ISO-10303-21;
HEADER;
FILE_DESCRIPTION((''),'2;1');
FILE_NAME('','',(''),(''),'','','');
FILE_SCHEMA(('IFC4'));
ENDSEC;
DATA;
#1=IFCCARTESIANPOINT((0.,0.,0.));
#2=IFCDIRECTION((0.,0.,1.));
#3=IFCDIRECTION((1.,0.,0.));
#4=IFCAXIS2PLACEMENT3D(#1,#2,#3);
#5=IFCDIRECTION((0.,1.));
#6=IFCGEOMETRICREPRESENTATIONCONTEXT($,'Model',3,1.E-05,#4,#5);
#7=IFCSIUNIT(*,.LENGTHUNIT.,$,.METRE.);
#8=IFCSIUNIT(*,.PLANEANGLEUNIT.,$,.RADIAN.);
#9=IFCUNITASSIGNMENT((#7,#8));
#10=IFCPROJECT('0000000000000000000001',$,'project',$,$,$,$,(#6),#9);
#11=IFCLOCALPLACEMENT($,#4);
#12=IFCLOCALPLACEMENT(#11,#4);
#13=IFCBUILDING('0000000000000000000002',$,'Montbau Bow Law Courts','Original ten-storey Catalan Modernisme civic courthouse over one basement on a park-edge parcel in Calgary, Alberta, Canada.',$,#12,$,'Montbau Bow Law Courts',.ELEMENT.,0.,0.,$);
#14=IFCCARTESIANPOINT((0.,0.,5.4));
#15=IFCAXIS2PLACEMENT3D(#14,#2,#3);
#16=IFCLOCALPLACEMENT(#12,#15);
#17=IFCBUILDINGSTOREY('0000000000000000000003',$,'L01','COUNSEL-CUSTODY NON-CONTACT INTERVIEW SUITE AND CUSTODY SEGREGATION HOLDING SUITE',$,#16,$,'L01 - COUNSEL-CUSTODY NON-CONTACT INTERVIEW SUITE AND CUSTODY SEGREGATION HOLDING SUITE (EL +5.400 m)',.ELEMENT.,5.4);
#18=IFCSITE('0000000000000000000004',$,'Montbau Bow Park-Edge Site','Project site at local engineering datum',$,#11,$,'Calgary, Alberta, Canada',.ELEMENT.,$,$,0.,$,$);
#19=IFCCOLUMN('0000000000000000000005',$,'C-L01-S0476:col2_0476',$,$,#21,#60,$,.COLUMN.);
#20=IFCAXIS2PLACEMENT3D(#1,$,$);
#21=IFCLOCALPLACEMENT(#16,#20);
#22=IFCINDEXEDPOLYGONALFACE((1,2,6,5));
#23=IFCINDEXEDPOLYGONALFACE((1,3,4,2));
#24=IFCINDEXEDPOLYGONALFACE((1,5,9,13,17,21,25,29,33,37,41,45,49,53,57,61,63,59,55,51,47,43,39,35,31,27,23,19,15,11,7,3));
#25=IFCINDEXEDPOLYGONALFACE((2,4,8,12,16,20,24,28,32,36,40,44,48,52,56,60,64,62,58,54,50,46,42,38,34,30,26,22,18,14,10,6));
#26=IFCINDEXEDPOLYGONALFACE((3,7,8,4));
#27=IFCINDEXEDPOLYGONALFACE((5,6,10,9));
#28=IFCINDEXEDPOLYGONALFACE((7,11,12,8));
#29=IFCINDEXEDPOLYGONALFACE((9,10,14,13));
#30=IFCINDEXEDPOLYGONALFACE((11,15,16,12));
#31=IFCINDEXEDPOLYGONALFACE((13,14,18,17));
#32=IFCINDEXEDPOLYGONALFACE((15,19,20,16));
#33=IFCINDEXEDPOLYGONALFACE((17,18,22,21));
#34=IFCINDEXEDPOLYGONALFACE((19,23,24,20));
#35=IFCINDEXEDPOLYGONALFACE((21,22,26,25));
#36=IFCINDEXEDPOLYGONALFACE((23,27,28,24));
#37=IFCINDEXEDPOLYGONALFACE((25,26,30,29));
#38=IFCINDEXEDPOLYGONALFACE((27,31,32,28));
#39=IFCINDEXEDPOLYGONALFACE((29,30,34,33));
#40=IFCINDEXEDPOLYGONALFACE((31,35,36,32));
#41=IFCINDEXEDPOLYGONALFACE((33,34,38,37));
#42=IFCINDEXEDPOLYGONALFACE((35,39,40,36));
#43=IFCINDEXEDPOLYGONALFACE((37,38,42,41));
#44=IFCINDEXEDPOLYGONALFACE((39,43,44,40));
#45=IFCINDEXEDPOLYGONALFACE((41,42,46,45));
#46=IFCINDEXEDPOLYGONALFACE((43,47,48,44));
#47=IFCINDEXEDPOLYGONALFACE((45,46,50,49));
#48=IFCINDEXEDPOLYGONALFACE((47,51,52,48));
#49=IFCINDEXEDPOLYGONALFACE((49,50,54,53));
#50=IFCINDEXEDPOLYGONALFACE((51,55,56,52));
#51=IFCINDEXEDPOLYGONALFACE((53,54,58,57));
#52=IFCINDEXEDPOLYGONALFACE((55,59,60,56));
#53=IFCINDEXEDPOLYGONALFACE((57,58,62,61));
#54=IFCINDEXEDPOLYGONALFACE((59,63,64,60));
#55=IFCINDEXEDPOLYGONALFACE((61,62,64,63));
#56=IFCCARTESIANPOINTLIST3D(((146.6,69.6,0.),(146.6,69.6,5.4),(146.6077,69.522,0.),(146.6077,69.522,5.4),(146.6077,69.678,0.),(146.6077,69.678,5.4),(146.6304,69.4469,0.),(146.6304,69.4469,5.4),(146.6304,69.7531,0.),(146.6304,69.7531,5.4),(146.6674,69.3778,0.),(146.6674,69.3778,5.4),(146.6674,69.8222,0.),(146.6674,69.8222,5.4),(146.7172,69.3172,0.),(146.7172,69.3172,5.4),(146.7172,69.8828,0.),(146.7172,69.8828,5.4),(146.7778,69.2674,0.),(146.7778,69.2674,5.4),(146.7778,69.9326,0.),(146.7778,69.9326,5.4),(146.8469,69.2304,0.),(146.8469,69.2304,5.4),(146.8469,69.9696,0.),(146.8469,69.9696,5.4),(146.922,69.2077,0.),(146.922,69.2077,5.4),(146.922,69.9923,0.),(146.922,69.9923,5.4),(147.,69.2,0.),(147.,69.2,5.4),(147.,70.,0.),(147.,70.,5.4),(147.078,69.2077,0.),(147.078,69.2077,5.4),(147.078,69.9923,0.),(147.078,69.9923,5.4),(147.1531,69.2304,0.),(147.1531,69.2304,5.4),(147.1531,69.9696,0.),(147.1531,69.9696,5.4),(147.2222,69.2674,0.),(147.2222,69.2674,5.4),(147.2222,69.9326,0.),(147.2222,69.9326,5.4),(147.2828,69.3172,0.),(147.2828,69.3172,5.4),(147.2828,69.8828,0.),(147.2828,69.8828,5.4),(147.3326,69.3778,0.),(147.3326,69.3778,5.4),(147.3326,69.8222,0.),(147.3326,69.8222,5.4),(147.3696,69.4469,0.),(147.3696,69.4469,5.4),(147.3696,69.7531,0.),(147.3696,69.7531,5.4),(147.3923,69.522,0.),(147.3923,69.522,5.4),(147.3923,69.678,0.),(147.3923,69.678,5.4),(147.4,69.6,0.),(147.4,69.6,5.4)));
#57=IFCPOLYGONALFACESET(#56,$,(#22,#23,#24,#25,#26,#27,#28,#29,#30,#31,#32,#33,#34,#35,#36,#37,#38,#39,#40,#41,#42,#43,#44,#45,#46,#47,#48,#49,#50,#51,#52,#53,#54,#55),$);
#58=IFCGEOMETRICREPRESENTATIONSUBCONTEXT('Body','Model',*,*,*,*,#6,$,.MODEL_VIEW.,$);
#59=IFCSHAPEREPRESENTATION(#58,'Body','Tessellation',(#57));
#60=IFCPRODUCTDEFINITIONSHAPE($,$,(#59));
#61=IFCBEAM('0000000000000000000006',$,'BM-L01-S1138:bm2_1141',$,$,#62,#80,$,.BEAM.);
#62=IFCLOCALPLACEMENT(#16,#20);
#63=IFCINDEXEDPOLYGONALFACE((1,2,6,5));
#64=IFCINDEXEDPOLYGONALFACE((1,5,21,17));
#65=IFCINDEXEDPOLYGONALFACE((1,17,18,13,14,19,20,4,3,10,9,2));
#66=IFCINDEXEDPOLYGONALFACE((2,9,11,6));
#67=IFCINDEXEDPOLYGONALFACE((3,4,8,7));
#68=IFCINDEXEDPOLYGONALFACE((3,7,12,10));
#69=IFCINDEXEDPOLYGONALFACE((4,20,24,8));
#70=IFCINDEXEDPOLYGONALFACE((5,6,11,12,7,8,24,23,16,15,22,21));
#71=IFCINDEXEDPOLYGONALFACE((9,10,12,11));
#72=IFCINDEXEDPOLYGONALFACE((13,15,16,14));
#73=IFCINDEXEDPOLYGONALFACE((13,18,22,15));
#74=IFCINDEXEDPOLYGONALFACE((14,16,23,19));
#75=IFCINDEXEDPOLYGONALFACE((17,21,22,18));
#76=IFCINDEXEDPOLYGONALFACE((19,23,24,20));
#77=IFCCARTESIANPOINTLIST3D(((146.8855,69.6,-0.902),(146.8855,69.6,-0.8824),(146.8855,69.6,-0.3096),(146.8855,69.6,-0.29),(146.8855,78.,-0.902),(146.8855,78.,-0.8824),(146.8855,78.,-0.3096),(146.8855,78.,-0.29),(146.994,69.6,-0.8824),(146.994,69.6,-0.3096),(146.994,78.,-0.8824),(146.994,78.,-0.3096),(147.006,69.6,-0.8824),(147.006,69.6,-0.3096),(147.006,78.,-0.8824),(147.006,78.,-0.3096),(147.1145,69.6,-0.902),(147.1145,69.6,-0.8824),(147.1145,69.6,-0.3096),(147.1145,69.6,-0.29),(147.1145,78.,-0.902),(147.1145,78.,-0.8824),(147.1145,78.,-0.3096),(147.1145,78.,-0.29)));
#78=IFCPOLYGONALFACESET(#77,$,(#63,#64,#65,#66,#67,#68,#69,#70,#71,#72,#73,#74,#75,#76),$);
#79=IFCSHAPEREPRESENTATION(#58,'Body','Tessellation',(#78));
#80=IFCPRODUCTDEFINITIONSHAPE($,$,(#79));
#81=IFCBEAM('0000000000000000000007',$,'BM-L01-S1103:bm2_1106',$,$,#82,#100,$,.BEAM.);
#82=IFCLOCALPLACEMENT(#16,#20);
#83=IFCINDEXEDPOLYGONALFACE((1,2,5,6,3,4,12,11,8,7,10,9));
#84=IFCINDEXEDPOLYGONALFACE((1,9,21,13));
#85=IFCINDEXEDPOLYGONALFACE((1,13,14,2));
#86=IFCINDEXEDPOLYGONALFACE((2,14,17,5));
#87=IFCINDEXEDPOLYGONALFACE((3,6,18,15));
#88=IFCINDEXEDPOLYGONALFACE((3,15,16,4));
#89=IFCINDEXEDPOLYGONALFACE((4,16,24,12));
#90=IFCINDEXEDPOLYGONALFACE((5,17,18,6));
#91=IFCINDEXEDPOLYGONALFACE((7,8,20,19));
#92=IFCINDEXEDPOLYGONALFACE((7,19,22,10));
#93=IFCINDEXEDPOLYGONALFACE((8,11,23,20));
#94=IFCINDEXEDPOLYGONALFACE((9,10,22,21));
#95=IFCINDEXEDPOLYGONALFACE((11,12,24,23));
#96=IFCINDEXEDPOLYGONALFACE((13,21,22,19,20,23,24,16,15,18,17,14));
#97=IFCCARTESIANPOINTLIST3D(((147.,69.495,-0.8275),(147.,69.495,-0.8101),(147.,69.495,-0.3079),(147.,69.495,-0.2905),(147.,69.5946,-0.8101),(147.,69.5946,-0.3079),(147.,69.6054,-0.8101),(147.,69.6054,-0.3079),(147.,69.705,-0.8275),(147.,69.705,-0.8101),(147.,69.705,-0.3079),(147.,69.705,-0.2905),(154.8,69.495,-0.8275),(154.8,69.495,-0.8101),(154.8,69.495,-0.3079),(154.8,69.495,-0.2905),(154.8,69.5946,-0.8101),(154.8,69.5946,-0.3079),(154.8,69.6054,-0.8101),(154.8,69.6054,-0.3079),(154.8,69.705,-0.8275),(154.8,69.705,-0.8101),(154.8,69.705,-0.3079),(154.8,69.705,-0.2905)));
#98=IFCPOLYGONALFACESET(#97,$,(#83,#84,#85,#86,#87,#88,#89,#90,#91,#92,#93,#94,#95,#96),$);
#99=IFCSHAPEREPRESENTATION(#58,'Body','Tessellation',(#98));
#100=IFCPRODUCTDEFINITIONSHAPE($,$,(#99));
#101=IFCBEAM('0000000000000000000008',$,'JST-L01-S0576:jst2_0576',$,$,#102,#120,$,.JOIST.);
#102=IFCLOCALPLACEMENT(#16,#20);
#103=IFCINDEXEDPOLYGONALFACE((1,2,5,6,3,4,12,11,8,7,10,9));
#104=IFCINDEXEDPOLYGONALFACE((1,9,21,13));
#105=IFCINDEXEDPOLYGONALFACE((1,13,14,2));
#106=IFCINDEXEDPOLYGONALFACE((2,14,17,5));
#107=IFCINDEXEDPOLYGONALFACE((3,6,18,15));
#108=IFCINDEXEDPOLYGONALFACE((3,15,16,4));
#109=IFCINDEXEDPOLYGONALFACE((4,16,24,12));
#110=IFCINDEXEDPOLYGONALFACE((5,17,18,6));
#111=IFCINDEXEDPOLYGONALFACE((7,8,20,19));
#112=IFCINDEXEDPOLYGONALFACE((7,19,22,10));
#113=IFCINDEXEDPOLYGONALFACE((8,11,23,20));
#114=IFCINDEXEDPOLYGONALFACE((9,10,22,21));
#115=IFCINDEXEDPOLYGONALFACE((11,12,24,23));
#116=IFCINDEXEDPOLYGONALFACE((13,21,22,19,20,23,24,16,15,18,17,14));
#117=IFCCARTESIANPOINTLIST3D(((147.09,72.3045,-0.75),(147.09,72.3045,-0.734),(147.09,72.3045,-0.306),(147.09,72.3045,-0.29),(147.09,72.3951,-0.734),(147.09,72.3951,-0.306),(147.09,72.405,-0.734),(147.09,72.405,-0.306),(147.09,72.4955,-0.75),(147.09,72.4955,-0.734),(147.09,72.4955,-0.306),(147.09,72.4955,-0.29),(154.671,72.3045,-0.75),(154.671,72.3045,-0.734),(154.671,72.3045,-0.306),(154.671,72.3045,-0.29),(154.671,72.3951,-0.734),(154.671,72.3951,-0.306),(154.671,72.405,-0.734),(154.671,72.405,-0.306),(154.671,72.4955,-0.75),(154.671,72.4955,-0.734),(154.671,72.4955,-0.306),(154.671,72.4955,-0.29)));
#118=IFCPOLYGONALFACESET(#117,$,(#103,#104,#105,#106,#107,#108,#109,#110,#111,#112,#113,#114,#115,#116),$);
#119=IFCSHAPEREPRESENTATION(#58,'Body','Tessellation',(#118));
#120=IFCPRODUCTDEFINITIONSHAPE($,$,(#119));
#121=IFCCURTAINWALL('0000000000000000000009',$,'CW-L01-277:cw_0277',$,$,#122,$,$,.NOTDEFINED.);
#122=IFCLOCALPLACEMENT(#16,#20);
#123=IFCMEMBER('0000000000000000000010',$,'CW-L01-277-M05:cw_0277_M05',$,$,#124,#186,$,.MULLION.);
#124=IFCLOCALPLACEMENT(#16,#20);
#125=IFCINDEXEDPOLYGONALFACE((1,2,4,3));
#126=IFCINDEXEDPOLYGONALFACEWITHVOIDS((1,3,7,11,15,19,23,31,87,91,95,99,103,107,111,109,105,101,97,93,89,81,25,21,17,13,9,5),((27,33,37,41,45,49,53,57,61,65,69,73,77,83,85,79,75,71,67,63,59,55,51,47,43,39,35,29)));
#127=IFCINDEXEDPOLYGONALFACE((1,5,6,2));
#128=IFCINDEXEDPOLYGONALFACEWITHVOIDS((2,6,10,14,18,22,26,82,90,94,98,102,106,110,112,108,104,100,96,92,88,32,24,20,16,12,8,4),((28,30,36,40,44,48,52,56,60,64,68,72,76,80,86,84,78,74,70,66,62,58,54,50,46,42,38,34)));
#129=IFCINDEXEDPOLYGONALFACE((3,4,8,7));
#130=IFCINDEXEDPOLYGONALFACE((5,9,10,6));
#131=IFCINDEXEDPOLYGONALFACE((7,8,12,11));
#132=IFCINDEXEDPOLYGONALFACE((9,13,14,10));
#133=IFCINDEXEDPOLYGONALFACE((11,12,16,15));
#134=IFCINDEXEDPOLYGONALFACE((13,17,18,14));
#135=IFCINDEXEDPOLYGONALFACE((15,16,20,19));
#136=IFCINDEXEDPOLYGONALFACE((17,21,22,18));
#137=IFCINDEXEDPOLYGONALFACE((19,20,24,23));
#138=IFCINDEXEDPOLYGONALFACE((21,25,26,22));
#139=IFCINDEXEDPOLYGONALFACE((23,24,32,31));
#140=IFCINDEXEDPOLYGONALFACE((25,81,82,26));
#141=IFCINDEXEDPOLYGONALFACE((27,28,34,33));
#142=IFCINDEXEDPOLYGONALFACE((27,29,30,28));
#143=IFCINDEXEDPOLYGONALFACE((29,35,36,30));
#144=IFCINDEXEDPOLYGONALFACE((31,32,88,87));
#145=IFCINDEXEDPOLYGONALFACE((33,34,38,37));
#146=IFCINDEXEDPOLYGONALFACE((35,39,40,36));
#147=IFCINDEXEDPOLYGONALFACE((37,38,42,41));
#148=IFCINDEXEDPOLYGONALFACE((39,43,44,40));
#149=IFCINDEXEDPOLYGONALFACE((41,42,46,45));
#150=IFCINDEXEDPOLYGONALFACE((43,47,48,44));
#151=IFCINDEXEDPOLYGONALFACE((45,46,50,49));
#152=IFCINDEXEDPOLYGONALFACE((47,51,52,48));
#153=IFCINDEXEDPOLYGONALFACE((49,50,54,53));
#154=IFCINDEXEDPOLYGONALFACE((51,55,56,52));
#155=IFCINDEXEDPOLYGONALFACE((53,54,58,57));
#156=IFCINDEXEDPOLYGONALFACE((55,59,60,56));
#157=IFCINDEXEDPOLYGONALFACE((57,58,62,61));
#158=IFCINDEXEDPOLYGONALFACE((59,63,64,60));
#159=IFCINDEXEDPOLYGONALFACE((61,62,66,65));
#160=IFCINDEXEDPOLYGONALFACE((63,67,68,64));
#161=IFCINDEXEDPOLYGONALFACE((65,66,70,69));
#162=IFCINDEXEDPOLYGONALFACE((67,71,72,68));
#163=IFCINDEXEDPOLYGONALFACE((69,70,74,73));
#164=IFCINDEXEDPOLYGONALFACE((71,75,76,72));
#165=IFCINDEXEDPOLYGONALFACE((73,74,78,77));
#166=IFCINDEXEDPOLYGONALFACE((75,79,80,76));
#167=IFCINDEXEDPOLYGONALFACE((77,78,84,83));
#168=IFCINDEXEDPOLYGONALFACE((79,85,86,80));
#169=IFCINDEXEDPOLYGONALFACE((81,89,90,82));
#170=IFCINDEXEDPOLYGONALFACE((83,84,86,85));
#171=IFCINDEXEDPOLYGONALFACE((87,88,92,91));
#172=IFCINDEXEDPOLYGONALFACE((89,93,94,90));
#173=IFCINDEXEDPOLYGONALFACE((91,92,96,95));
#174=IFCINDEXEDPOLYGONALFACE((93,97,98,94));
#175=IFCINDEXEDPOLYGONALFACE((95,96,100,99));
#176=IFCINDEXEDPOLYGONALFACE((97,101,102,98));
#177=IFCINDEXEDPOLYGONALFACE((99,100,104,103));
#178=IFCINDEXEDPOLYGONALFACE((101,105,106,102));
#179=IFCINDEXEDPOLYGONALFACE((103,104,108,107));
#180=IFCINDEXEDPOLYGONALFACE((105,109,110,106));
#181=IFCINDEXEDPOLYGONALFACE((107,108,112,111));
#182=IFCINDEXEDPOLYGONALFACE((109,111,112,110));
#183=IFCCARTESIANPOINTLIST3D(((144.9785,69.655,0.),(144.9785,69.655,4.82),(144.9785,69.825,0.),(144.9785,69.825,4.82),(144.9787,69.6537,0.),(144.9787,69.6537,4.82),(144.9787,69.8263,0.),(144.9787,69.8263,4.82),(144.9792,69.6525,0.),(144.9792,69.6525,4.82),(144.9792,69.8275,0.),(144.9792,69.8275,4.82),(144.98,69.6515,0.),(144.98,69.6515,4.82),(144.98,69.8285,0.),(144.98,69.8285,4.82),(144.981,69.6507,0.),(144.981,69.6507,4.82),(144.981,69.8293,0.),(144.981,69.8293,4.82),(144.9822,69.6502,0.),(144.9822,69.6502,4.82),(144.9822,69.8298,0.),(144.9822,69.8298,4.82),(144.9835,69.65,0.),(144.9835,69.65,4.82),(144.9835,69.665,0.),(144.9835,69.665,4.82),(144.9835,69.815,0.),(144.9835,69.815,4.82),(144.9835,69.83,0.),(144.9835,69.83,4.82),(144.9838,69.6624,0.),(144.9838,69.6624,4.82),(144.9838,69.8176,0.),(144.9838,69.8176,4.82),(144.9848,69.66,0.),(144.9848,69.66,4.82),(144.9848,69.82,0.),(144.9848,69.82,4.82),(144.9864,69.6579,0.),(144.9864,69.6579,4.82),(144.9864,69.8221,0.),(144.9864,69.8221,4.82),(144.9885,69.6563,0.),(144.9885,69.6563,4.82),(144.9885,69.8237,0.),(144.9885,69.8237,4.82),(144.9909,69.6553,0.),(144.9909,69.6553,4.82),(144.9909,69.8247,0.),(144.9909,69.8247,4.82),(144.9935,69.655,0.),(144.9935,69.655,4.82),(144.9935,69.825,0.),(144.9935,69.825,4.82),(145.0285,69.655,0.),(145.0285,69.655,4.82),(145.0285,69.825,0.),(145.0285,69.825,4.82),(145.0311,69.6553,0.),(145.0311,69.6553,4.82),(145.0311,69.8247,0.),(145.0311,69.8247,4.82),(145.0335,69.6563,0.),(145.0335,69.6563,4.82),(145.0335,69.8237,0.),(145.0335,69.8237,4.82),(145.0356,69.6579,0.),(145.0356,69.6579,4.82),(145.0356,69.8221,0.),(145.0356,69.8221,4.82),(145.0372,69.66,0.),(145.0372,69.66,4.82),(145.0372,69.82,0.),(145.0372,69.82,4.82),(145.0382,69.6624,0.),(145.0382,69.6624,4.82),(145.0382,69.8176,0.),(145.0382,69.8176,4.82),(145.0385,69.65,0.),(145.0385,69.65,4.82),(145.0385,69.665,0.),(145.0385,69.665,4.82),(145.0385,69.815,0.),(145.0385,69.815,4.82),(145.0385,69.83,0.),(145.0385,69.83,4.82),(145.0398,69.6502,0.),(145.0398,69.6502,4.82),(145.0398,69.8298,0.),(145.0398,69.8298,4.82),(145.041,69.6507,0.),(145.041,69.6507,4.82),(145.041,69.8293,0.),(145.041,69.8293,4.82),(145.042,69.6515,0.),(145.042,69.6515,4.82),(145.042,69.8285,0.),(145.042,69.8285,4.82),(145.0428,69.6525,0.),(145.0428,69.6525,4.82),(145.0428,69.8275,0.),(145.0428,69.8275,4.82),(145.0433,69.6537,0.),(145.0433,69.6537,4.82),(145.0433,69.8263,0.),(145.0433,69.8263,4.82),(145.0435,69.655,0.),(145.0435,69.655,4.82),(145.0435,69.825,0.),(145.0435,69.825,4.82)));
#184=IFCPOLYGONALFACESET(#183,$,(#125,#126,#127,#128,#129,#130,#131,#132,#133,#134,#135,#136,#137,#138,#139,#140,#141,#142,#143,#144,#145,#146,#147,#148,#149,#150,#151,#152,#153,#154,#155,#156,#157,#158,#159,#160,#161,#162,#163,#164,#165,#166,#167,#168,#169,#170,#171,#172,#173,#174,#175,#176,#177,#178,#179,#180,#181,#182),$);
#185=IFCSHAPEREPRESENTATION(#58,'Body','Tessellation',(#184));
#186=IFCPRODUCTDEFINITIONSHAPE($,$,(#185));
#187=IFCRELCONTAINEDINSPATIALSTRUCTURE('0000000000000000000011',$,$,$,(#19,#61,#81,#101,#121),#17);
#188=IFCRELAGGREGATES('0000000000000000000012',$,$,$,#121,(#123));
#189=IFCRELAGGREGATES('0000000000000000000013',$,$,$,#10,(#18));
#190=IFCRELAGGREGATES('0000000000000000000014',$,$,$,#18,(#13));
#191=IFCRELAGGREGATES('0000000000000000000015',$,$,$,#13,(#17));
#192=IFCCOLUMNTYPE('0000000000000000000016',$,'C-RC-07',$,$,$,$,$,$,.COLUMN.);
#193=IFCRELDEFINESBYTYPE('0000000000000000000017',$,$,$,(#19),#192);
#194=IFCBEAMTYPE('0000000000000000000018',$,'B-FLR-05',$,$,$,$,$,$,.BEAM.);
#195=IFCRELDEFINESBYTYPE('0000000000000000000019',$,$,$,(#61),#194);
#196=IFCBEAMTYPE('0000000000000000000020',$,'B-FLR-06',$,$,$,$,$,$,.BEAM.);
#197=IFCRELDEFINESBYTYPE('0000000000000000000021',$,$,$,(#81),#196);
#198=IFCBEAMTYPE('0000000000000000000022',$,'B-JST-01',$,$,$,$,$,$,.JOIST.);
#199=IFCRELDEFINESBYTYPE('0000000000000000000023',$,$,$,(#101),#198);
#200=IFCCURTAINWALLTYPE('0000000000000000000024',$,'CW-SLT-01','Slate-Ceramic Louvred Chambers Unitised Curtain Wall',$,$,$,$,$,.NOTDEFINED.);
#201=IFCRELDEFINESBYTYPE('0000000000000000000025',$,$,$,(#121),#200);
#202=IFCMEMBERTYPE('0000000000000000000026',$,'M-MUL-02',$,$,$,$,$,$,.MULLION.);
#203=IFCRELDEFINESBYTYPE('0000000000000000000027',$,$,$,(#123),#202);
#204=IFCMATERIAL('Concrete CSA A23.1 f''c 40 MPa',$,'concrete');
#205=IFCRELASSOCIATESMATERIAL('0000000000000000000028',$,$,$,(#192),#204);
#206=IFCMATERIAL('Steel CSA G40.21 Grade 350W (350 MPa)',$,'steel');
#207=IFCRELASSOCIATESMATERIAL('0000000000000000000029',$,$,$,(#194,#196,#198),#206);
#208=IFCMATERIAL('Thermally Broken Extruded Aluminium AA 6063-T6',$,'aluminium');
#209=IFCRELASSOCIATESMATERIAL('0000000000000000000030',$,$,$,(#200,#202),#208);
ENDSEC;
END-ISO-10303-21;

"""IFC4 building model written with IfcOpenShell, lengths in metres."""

from ifc_helpers import new_model, si_unit, direction, frame, origin_with_axes, origin_2d_with_axis, place, context, subcontext, project, spatial, hollow_rectangle, circle, i_section, extrude, material, material_profile, profile_set, type_object, element, aggregate, save


model = new_model("IFC4")

# Units and contexts
model_context = context("Model", 3, precision=1e-05, world=origin_with_axes(), true_north=direction((0.0, 1.0)))
body_context = subcontext(model_context, "Body", "Model", "MODEL_VIEW")
ifc_project = project(units=[si_unit("LENGTHUNIT", "METRE"), si_unit("PLANEANGLEUNIT", "RADIAN")], contexts=[model_context])

# Site, building, storey
site_placement = place(None, origin_with_axes())
site = spatial("IfcSite", under=ifc_project, at=site_placement, Name="Montbau Bow Park-Edge Site", Description="Project site at local engineering datum", LongName="Calgary, Alberta, Canada", CompositionType="ELEMENT", RefElevation=0.0)
building_placement = place(site_placement, origin_with_axes())
building = spatial("IfcBuilding", under=site, at=building_placement, Name="Montbau Bow Law Courts", Description="Original ten-storey Catalan Modernisme civic courthouse over one basement on a park-edge parcel in Calgary, Alberta, Canada.", LongName="Montbau Bow Law Courts", CompositionType="ELEMENT", ElevationOfRefHeight=0.0, ElevationOfTerrain=0.0)
storey_placement = place(building_placement, frame((0.0, 0.0, 5.4), z_axis=(0.0, 0.0, 1.0), x_axis=(1.0, 0.0, 0.0)))
storey = spatial("IfcBuildingStorey", under=building, at=storey_placement, Name="L01", Description="COUNSEL-CUSTODY NON-CONTACT INTERVIEW SUITE AND CUSTODY SEGREGATION HOLDING SUITE", LongName="L01 - COUNSEL-CUSTODY NON-CONTACT INTERVIEW SUITE AND CUSTODY SEGREGATION HOLDING SUITE (EL +5.400 m)", CompositionType="ELEMENT", Elevation=5.4)

# Column
ifc_material_1 = material(Name="Concrete CSA A23.1 f'c 40 MPa", Category="concrete")
ifc_material_profile_1 = material_profile(ifc_material_1, circle(Radius=0.4, at=origin_2d_with_axis()), Name="RC800D", Category="Main", Priority=0)
ifc_profile_set_1 = profile_set([ifc_material_profile_1], Name="Concrete CSA A23.1 f'c 40 MPa")
column_type = type_object("IfcColumnType", Name="C-RC-07", PredefinedType="COLUMN", material=ifc_profile_set_1)
column_placement = place(None, frame((147.0, 69.6, 5.4), z_axis=(0.0, 0.0, 1.0), x_axis=(1.0, 0.0, 0.0)))
element("IfcColumn", 1, at=column_placement, inside=storey, type_object=column_type, Name="C-L01-S0476:col2_0476", PredefinedType="COLUMN", context=body_context, shape_type="SweptSolid", body=[
    extrude(circle(Radius=0.4, at=origin_2d_with_axis()), origin_with_axes(), (0.0, 0.0, 1.0), 5.4),
])

# Beams
ifc_material_2 = material(Name="Steel CSA G40.21 Grade 350W (350 MPa)", Category="steel")
ifc_material_profile_2 = material_profile(ifc_material_2, i_section(OverallWidth=0.229, OverallDepth=0.612, WebThickness=0.0119, FlangeThickness=0.0196, at=origin_2d_with_axis()), Name="W610X125", Category="Main", Priority=0)
ifc_profile_set_2 = profile_set([ifc_material_profile_2], Name="Steel CSA G40.21 Grade 350W (350 MPa)")
beam_type_1 = type_object("IfcBeamType", Name="B-FLR-05", PredefinedType="BEAM", material=ifc_profile_set_2)
beam_1_placement = place(None, frame((147.0, 69.6, 4.804), z_axis=(0.0, 1.0, 0.0), x_axis=(-1.0, 0.0, 0.0)))
element("IfcBeam", 2, at=beam_1_placement, inside=storey, type_object=beam_type_1, Name="BM-L01-S1138:bm2_1141", PredefinedType="BEAM", context=body_context, shape_type="SweptSolid", body=[
    extrude(i_section(OverallWidth=0.229, OverallDepth=0.612, WebThickness=0.0119, FlangeThickness=0.0196, at=origin_2d_with_axis()), origin_with_axes(), (0.0, 0.0, 1.0), 8.4),
])
ifc_material_profile_3 = material_profile(ifc_material_2, i_section(OverallWidth=0.21, OverallDepth=0.537, WebThickness=0.0109, FlangeThickness=0.0174, at=origin_2d_with_axis()), Name="W530X101", Category="Main", Priority=0)
ifc_profile_set_3 = profile_set([ifc_material_profile_3], Name="Steel CSA G40.21 Grade 350W (350 MPa)")
beam_type_2 = type_object("IfcBeamType", Name="B-FLR-06", PredefinedType="BEAM", material=ifc_profile_set_3)
beam_2_placement = place(None, frame((147.0, 69.6, 4.841), z_axis=(1.0, 0.0, 0.0), x_axis=(0.0, 1.0, 0.0)))
element("IfcBeam", 3, at=beam_2_placement, inside=storey, type_object=beam_type_2, Name="BM-L01-S1103:bm2_1106", PredefinedType="BEAM", context=body_context, shape_type="SweptSolid", body=[
    extrude(i_section(OverallWidth=0.21, OverallDepth=0.537, WebThickness=0.0109, FlangeThickness=0.0174, at=origin_2d_with_axis()), origin_with_axes(), (0.0, 0.0, 1.0), 7.8),
])
ifc_material_profile_4 = material_profile(ifc_material_2, i_section(OverallWidth=0.191, OverallDepth=0.46, WebThickness=0.0099, FlangeThickness=0.016, at=origin_2d_with_axis()), Name="W460X82", Category="Main", Priority=0)
ifc_profile_set_4 = profile_set([ifc_material_profile_4], Name="Steel CSA G40.21 Grade 350W (350 MPa)")
beam_type_3 = type_object("IfcBeamType", Name="B-JST-01", PredefinedType="JOIST", material=ifc_profile_set_4)
beam_3_placement = place(None, frame((147.09, 72.4, 4.88), z_axis=(1.0, 0.0, 0.0), x_axis=(0.0, 1.0, 0.0)))
element("IfcBeam", 4, at=beam_3_placement, inside=storey, type_object=beam_type_3, Name="JST-L01-S0576:jst2_0576", PredefinedType="JOIST", context=body_context, shape_type="SweptSolid", body=[
    extrude(i_section(OverallWidth=0.191, OverallDepth=0.46, WebThickness=0.0099, FlangeThickness=0.016, at=origin_2d_with_axis()), origin_with_axes(), (0.0, 0.0, 1.0), 7.581),
])

# Curtain wall, member
ifc_material_3 = material(Name="Thermally Broken Extruded Aluminium AA 6063-T6", Category="aluminium")
curtain_wall_type = type_object("IfcCurtainWallType", Name="CW-SLT-01", Description="Slate-Ceramic Louvred Chambers Unitised Curtain Wall", PredefinedType="NOTDEFINED", material=ifc_material_3)
curtain_wall_1_placement = place(None, frame((139.115, 69.74, 5.4), z_axis=(0.0, 0.0, 1.0), x_axis=(1.0, 0.0, 0.0)))
curtain_wall_1 = element("IfcCurtainWall", 5, at=curtain_wall_1_placement, inside=storey, type_object=curtain_wall_type, Name="CW-L01-277:cw_0277", PredefinedType="NOTDEFINED")
ifc_material_profile_5 = material_profile(ifc_material_3, hollow_rectangle(XDim=0.065, YDim=0.18, WallThickness=0.005, InnerFilletRadius=0.01, OuterFilletRadius=0.005, at=origin_2d_with_axis()), Name="CWM-180X65", Category="Main", Priority=0)
ifc_profile_set_5 = profile_set([ifc_material_profile_5], Name="Thermally Broken Extruded Aluminium AA 6063-T6")
member_type_1 = type_object("IfcMemberType", Name="M-MUL-02", PredefinedType="MULLION", material=ifc_profile_set_5)
member_1_placement = place(None, frame((145.011, 69.74, 5.4), z_axis=(0.0, 0.0, 1.0), x_axis=(1.0, 0.0, 0.0)))
member_1 = element("IfcMember", 6, at=member_1_placement, type_object=member_type_1, Name="CW-L01-277-M05:cw_0277_M05", PredefinedType="MULLION", context=body_context, shape_type="SweptSolid", body=[
    extrude(hollow_rectangle(XDim=0.065, YDim=0.18, WallThickness=0.005, InnerFilletRadius=0.01, OuterFilletRadius=0.005, at=origin_2d_with_axis()), origin_with_axes(), (0.0, 0.0, 1.0), 4.82),
])

aggregate(curtain_wall_1, [member_1])

save(model, "model.ifc")
